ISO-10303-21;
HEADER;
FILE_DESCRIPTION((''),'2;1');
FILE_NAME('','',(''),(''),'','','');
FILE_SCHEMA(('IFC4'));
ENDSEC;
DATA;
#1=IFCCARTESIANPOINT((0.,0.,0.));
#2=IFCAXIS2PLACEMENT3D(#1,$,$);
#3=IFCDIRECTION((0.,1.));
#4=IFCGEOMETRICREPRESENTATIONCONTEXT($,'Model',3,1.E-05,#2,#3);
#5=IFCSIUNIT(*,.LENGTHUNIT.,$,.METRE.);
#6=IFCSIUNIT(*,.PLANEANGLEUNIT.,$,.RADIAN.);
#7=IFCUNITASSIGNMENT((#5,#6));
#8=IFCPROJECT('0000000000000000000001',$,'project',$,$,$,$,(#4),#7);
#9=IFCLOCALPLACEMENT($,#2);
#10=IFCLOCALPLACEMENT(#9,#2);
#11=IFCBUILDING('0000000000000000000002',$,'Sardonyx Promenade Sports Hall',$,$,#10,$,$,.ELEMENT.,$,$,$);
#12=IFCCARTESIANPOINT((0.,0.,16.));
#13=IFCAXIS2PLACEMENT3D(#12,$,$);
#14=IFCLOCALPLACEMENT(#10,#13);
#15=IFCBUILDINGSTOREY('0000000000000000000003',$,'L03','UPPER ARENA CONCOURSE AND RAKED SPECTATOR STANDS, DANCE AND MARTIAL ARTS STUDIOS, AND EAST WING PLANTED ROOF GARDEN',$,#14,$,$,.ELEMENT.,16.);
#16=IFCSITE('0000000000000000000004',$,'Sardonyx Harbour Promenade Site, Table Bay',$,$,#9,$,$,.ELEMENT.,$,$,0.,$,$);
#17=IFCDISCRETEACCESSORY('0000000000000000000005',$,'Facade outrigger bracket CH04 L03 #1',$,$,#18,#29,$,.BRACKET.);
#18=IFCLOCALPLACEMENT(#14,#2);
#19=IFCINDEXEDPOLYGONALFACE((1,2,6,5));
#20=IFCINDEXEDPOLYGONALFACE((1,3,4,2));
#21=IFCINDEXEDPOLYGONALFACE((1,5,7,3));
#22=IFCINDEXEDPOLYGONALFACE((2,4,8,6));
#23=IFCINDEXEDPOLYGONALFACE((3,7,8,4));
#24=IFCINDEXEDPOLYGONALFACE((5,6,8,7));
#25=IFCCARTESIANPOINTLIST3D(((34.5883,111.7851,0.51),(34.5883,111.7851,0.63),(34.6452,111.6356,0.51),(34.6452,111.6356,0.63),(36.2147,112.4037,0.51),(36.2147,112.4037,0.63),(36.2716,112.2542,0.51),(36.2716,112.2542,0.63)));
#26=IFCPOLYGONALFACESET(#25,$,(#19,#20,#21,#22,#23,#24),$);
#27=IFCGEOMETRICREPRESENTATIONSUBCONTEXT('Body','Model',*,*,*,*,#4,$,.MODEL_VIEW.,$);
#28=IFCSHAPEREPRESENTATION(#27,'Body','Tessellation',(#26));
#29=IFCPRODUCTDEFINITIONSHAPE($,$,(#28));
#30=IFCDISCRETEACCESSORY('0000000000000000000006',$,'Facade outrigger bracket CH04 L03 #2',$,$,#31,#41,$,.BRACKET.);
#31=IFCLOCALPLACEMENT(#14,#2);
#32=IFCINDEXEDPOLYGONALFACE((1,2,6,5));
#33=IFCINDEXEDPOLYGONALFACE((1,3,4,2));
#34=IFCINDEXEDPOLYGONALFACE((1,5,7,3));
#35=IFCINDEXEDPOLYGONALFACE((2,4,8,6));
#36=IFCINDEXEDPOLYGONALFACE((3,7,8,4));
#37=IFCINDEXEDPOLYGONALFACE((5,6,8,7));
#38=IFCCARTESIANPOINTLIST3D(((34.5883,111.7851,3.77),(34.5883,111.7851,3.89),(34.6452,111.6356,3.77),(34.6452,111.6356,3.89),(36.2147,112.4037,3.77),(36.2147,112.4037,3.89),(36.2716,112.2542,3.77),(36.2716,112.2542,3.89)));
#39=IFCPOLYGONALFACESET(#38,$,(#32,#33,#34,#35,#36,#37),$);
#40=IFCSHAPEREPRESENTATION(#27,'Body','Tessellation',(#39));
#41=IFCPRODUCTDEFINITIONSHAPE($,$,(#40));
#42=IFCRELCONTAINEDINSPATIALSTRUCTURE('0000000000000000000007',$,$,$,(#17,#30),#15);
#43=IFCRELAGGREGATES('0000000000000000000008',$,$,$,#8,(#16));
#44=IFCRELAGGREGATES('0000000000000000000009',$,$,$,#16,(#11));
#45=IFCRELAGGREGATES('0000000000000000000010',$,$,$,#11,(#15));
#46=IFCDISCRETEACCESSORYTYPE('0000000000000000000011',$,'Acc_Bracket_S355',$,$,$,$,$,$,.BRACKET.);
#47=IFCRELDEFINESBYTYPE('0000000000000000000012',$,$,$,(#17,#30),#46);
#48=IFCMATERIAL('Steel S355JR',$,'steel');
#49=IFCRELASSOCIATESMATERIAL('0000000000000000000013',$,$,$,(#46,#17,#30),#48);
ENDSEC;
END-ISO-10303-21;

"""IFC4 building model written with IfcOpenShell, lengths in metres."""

from ifc_helpers import new_model, si_unit, direction, frame, origin, place, context, subcontext, project, spatial, rectangle, extrude, material, type_object, element, save


model = new_model("IFC4")

# Units and contexts
model_context = context("Model", 3, precision=1e-05, world=origin(), true_north=direction((0.0, 1.0)))
body_context = subcontext(model_context, "Body", "Model", "MODEL_VIEW")
ifc_project = project(units=[si_unit("LENGTHUNIT", "METRE"), si_unit("PLANEANGLEUNIT", "RADIAN")], contexts=[model_context])

# Site, building, storey
site_placement = place(None, origin())
site = spatial("IfcSite", under=ifc_project, at=site_placement, Name="Sardonyx Harbour Promenade Site, Table Bay", CompositionType="ELEMENT", RefElevation=0.0)
building_placement = place(site_placement, origin())
building = spatial("IfcBuilding", under=site, at=building_placement, Name="Sardonyx Promenade Sports Hall", CompositionType="ELEMENT")
storey_placement = place(building_placement, frame((0.0, 0.0, 16.0)))
storey = spatial("IfcBuildingStorey", under=building, at=storey_placement, Name="L03", Description="UPPER ARENA CONCOURSE AND RAKED SPECTATOR STANDS, DANCE AND MARTIAL ARTS STUDIOS, AND EAST WING PLANTED ROOF GARDEN", CompositionType="ELEMENT", Elevation=16.0)

# Discrete accessories
ifc_material_1 = material(Name="Steel S355JR", Category="steel")
discrete_accessory_type = type_object("IfcDiscreteAccessoryType", Name="Acc_Bracket_S355", PredefinedType="BRACKET", material=ifc_material_1)
for number, where, z_axis, x_axis, name in (
    (1, (35.4299, 112.0196, 0.51), (0.0, 0.0, 1.0), (0.934666, 0.355528, 0.0), "Facade outrigger bracket CH04 L03 #1"),
    (2, (35.4299, 112.0196, 3.77), (0.0, 0.0, 1.0), (0.934666, 0.355528, 0.0), "Facade outrigger bracket CH04 L03 #2"),
):
    element("IfcDiscreteAccessory", number, at=place(storey_placement, frame(where, z_axis=z_axis, x_axis=x_axis)), inside=storey, type_object=discrete_accessory_type, material=ifc_material_1, Name=name, PredefinedType="BRACKET", context=body_context, shape_type="SweptSolid", body=[
        extrude(rectangle(XDim=1.74, YDim=0.16), origin(), (0.0, 0.0, 1.0), 0.12),
    ])

save(model, "model.ifc")
